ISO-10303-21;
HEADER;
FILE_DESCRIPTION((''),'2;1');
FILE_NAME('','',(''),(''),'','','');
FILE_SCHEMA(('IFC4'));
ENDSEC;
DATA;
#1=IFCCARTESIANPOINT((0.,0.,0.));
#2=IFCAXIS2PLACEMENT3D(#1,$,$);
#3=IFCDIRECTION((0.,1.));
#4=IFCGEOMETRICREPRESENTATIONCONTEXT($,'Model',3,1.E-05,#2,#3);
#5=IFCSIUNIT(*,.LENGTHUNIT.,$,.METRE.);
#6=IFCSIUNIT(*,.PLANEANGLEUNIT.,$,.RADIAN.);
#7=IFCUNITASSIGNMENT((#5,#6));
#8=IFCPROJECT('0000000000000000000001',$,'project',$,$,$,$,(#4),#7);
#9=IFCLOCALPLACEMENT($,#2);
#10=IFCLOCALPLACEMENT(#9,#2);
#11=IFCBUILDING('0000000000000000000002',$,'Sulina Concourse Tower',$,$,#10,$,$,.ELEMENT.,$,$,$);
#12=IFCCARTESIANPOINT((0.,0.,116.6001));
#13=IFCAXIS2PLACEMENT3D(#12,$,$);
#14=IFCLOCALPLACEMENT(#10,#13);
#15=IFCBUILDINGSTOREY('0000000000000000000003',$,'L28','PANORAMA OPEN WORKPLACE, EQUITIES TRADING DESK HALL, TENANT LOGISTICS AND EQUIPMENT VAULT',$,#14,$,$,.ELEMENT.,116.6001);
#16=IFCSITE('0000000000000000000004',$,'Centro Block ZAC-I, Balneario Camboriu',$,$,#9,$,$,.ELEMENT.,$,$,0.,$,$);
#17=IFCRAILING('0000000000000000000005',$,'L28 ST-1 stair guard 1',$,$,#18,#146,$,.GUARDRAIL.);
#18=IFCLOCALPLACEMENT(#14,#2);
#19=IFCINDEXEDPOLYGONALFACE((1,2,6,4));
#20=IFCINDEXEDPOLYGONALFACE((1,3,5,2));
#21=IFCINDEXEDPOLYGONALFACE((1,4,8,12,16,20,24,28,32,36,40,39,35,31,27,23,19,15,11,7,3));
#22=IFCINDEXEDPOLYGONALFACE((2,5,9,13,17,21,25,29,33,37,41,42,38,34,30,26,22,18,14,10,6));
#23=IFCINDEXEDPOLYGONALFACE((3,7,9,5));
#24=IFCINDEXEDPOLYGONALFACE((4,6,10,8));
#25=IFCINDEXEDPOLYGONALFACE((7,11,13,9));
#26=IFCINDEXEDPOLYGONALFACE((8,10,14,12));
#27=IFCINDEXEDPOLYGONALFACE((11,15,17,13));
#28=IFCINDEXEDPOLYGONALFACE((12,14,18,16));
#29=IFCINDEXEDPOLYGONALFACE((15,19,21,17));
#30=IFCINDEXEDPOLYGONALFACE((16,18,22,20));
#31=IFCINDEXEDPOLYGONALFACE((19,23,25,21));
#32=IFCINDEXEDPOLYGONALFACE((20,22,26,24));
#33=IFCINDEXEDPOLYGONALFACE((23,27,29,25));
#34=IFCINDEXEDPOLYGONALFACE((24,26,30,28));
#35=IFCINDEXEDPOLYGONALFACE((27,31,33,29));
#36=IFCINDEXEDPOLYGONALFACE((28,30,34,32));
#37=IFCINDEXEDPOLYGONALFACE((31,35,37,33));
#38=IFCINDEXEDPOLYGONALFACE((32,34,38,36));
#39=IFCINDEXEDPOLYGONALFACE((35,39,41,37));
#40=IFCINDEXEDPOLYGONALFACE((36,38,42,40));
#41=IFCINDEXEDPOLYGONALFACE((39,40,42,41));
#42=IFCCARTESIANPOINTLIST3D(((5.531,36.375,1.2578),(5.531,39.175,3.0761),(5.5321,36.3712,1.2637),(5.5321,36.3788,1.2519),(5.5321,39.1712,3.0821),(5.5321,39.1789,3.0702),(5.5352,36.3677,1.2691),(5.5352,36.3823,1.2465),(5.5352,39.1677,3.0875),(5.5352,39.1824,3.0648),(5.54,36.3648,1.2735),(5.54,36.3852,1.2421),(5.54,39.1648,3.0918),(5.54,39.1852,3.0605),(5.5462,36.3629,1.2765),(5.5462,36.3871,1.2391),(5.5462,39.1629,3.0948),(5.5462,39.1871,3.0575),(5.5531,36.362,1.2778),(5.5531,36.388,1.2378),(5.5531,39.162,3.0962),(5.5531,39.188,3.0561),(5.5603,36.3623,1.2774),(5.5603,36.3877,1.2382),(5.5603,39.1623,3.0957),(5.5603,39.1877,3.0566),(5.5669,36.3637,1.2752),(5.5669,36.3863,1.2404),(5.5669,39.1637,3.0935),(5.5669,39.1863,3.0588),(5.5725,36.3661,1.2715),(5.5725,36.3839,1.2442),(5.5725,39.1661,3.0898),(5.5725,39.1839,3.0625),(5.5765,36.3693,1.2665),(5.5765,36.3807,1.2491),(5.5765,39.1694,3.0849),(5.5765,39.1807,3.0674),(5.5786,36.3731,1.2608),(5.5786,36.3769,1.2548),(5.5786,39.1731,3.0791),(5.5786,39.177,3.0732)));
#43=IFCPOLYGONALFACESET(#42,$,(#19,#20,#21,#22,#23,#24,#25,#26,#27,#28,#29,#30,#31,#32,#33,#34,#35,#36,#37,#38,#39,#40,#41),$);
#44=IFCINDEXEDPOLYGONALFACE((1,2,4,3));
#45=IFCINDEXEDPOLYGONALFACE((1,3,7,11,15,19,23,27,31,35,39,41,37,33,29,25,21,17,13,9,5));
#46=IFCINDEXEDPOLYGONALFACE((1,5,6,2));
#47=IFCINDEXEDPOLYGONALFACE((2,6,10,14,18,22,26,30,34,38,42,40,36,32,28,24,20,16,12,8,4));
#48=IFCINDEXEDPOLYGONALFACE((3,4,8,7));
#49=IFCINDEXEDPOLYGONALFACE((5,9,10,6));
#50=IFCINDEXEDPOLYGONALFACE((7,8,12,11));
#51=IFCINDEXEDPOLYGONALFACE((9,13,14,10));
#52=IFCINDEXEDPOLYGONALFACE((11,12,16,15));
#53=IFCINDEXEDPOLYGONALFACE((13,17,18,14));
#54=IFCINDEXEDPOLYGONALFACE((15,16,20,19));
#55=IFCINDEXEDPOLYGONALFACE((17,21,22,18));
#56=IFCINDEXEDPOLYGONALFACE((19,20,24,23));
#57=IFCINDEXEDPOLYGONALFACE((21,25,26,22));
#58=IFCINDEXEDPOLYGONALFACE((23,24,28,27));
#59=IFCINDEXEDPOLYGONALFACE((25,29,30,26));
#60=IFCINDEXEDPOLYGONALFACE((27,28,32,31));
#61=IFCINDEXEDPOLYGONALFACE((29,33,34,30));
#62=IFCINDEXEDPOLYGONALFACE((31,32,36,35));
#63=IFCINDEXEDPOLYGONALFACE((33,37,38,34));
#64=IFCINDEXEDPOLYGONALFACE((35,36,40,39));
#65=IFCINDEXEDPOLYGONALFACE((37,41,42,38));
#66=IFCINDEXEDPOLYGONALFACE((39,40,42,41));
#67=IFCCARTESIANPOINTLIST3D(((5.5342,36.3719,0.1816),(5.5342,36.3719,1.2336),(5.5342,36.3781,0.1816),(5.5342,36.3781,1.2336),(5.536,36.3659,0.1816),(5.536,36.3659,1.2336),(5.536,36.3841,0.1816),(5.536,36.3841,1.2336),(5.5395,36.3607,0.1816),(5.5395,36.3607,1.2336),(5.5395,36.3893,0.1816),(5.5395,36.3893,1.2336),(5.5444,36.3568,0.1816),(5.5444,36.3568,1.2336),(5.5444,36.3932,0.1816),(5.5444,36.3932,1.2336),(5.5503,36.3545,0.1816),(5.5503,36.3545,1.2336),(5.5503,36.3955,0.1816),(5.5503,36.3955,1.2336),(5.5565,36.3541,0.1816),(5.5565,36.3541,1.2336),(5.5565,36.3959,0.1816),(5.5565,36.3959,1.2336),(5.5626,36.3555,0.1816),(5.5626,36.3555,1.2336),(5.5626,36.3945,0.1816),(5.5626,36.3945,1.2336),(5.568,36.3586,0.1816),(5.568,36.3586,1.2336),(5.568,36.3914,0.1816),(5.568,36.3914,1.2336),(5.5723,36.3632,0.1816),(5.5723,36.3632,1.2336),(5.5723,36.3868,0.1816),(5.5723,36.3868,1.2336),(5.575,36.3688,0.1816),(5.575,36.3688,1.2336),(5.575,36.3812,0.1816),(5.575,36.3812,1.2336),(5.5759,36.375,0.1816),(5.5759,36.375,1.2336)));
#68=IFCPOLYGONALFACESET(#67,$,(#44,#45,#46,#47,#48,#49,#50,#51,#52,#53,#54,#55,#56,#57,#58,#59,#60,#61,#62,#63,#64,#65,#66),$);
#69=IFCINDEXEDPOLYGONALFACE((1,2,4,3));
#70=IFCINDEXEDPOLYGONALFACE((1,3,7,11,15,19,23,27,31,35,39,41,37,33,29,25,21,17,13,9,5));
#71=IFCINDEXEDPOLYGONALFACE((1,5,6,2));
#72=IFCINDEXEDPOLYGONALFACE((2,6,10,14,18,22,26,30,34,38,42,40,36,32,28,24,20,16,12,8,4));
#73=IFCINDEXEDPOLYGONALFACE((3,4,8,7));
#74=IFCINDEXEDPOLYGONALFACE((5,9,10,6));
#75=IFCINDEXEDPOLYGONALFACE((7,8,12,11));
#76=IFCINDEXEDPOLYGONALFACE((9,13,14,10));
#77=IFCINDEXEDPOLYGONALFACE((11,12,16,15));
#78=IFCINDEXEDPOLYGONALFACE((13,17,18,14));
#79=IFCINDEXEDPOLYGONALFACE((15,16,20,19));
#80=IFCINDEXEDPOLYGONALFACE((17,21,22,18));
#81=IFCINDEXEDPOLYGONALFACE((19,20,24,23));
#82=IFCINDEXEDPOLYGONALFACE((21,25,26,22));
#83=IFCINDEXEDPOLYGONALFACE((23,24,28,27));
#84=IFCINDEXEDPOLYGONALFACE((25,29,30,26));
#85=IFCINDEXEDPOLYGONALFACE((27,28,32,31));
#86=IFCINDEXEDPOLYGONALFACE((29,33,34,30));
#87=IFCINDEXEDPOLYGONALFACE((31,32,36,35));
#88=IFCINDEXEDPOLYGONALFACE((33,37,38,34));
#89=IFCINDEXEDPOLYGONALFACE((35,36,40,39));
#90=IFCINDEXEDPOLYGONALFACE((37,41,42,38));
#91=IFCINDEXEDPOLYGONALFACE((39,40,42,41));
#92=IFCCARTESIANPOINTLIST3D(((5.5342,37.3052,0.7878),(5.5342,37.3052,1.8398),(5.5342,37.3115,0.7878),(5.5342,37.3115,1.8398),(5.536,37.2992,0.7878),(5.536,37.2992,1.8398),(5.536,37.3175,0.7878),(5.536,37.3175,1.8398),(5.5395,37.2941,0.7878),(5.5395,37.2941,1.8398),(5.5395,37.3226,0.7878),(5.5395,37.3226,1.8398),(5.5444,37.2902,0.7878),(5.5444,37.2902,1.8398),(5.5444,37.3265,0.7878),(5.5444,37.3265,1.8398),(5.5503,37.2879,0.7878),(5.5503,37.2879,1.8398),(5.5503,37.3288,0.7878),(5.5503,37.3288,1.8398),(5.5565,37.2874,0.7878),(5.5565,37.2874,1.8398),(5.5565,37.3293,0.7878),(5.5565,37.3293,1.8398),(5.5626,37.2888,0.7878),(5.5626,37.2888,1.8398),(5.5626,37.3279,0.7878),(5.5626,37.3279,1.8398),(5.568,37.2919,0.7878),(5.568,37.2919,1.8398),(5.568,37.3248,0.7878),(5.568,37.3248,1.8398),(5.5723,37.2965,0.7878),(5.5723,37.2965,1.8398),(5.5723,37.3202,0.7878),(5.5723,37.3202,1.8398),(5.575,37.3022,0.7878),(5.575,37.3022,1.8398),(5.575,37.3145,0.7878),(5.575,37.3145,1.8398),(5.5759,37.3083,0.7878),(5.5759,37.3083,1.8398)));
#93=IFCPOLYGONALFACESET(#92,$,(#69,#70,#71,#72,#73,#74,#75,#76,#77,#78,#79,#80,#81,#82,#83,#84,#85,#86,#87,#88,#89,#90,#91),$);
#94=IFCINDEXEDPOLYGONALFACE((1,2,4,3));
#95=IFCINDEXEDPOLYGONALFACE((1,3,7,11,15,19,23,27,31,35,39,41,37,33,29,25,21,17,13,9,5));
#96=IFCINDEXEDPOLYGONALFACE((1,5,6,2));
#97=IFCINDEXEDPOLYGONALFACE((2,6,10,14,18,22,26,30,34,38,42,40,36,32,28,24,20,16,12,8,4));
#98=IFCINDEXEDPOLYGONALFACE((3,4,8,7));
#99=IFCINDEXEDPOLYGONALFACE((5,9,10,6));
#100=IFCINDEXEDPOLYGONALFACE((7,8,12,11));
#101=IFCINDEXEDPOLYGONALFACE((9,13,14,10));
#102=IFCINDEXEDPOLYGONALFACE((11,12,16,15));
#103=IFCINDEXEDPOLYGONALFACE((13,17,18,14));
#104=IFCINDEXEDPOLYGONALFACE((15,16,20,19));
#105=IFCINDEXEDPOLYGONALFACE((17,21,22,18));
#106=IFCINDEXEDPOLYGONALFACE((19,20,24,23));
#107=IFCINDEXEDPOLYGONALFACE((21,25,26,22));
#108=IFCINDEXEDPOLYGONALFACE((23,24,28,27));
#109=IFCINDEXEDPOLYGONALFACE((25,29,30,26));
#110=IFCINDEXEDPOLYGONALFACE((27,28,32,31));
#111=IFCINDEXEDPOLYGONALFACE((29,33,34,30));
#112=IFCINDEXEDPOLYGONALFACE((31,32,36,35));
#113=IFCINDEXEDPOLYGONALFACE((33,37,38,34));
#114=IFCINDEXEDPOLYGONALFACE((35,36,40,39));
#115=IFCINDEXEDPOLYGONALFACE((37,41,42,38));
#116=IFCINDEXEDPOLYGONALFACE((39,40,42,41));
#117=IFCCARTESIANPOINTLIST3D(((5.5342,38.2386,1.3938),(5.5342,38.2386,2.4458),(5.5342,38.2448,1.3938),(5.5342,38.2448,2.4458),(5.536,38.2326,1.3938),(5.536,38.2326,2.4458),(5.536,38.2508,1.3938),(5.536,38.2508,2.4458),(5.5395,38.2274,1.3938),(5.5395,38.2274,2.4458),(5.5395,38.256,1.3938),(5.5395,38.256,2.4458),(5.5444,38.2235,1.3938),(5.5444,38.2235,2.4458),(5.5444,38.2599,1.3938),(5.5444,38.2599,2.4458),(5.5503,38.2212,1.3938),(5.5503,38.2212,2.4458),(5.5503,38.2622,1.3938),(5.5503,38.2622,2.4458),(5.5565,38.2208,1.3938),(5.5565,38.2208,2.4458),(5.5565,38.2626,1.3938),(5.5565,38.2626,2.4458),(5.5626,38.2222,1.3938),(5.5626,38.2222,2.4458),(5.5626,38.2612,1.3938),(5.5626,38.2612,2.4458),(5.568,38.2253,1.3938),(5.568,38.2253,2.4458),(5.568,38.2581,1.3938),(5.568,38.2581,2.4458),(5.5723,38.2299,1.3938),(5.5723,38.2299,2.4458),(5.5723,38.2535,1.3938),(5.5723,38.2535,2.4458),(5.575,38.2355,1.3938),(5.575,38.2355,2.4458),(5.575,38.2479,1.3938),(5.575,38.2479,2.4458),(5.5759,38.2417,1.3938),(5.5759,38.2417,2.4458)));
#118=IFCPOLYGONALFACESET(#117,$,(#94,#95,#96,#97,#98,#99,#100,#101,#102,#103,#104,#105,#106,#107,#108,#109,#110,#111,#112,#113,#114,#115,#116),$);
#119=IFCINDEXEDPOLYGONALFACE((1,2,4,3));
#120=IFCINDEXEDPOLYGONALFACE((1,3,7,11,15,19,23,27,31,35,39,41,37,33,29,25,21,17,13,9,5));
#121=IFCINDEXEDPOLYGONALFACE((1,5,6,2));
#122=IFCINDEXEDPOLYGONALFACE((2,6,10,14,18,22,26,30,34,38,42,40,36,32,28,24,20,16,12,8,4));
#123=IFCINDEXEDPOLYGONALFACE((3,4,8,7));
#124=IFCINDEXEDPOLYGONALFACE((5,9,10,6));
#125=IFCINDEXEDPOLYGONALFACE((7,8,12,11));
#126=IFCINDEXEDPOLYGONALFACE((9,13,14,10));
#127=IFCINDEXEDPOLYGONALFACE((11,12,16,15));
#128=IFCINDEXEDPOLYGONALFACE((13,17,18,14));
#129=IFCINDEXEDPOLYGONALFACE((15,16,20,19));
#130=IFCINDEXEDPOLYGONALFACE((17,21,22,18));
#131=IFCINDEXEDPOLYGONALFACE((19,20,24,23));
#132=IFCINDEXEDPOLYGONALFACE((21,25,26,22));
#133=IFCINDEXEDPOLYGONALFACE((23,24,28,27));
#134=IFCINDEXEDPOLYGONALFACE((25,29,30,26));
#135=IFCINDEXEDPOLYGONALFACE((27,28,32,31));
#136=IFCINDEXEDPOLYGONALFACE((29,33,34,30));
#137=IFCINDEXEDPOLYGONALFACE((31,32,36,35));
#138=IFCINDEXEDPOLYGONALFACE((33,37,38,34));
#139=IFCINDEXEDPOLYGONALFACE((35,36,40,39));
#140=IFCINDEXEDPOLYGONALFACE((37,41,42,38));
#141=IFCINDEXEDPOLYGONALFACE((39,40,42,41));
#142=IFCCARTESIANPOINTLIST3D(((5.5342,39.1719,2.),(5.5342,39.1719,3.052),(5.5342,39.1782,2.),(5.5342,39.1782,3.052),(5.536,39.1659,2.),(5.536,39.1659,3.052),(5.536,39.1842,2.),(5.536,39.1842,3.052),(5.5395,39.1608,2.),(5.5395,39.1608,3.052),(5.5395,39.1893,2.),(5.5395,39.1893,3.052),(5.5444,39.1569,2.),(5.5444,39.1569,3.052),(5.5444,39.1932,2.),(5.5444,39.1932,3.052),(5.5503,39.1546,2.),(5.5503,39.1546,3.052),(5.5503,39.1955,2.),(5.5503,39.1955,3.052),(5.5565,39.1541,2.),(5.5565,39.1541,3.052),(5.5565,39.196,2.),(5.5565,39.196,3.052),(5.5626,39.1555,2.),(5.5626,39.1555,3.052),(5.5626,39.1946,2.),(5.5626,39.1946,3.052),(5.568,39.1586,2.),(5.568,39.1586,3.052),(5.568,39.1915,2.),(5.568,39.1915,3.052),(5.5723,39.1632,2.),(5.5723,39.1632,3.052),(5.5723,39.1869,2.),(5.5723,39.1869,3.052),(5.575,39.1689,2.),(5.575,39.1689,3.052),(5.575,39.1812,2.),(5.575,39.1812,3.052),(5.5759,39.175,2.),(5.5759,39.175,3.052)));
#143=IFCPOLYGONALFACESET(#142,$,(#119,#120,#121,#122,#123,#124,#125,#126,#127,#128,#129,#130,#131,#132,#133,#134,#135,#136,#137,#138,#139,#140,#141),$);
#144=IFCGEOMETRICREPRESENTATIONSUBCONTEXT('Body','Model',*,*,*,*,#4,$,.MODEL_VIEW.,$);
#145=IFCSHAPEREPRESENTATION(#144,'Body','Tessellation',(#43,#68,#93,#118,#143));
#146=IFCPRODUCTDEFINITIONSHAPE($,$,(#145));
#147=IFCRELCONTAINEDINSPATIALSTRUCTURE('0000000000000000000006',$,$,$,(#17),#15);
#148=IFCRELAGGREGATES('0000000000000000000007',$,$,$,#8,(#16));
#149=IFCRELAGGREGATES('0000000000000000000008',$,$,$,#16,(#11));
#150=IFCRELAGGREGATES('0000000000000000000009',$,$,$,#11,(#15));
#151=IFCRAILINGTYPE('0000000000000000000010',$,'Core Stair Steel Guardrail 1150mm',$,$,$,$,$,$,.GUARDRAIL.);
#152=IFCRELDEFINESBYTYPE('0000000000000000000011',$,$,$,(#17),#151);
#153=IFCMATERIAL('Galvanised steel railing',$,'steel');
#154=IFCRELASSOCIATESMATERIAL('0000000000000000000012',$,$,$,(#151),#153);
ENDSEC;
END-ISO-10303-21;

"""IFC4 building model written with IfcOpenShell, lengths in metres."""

from ifc_helpers import new_model, si_unit, direction, frame, origin, origin_2d, place, context, subcontext, project, spatial, circle, extrude, material, type_object, element, save


model = new_model("IFC4")

# Units and contexts
model_context = context("Model", 3, precision=1e-05, world=origin(), true_north=direction((0.0, 1.0)))
body_context = subcontext(model_context, "Body", "Model", "MODEL_VIEW")
ifc_project = project(units=[si_unit("LENGTHUNIT", "METRE"), si_unit("PLANEANGLEUNIT", "RADIAN")], contexts=[model_context])

# Site, building, storey
site_placement = place(None, origin())
site = spatial("IfcSite", under=ifc_project, at=site_placement, Name="Centro Block ZAC-I, Balneario Camboriu", CompositionType="ELEMENT", RefElevation=0.0)
building_placement = place(site_placement, origin())
building = spatial("IfcBuilding", under=site, at=building_placement, Name="Sulina Concourse Tower", CompositionType="ELEMENT")
storey_placement = place(building_placement, frame((0.0, 0.0, 116.6001)))
storey = spatial("IfcBuildingStorey", under=building, at=storey_placement, Name="L28", Description="PANORAMA OPEN WORKPLACE, EQUITIES TRADING DESK HALL, TENANT LOGISTICS AND EQUIPMENT VAULT", CompositionType="ELEMENT", Elevation=116.6001)

# Railing
ifc_material_1 = material(Name="Galvanised steel railing", Category="steel")
railing_type_1 = type_object("IfcRailingType", Name="Core Stair Steel Guardrail 1150mm", PredefinedType="GUARDRAIL", material=ifc_material_1)
railing_1_placement = place(storey_placement, frame((5.5549, 36.375, 0.1816)))
element("IfcRailing", 1, at=railing_1_placement, inside=storey, type_object=railing_type_1, Name="L28 ST-1 stair guard 1", PredefinedType="GUARDRAIL", context=body_context, shape_type="SweptSolid", body=[
    extrude(circle(Radius=0.0239, at=origin_2d()), frame((0.0, 0.0, 1.0762), z_axis=(0.0, 0.838672, 0.544636), x_axis=(-1.0, 0.0, 0.0)), (0.0, 0.0, 1.0), 3.3386),
    extrude(circle(Radius=0.021, at=origin_2d()), origin(), (0.0, 0.0, 1.0), 1.052),
    extrude(circle(Radius=0.021, at=origin_2d()), frame((0.0, 0.9333, 0.6062)), (0.0, 0.0, 1.0), 1.052),
    extrude(circle(Radius=0.021, at=origin_2d()), frame((0.0, 1.8667, 1.2122)), (0.0, 0.0, 1.0), 1.052),
    extrude(circle(Radius=0.021, at=origin_2d()), frame((0.0, 2.8, 1.8184)), (0.0, 0.0, 1.0), 1.052),
])

save(model, "model.ifc")
